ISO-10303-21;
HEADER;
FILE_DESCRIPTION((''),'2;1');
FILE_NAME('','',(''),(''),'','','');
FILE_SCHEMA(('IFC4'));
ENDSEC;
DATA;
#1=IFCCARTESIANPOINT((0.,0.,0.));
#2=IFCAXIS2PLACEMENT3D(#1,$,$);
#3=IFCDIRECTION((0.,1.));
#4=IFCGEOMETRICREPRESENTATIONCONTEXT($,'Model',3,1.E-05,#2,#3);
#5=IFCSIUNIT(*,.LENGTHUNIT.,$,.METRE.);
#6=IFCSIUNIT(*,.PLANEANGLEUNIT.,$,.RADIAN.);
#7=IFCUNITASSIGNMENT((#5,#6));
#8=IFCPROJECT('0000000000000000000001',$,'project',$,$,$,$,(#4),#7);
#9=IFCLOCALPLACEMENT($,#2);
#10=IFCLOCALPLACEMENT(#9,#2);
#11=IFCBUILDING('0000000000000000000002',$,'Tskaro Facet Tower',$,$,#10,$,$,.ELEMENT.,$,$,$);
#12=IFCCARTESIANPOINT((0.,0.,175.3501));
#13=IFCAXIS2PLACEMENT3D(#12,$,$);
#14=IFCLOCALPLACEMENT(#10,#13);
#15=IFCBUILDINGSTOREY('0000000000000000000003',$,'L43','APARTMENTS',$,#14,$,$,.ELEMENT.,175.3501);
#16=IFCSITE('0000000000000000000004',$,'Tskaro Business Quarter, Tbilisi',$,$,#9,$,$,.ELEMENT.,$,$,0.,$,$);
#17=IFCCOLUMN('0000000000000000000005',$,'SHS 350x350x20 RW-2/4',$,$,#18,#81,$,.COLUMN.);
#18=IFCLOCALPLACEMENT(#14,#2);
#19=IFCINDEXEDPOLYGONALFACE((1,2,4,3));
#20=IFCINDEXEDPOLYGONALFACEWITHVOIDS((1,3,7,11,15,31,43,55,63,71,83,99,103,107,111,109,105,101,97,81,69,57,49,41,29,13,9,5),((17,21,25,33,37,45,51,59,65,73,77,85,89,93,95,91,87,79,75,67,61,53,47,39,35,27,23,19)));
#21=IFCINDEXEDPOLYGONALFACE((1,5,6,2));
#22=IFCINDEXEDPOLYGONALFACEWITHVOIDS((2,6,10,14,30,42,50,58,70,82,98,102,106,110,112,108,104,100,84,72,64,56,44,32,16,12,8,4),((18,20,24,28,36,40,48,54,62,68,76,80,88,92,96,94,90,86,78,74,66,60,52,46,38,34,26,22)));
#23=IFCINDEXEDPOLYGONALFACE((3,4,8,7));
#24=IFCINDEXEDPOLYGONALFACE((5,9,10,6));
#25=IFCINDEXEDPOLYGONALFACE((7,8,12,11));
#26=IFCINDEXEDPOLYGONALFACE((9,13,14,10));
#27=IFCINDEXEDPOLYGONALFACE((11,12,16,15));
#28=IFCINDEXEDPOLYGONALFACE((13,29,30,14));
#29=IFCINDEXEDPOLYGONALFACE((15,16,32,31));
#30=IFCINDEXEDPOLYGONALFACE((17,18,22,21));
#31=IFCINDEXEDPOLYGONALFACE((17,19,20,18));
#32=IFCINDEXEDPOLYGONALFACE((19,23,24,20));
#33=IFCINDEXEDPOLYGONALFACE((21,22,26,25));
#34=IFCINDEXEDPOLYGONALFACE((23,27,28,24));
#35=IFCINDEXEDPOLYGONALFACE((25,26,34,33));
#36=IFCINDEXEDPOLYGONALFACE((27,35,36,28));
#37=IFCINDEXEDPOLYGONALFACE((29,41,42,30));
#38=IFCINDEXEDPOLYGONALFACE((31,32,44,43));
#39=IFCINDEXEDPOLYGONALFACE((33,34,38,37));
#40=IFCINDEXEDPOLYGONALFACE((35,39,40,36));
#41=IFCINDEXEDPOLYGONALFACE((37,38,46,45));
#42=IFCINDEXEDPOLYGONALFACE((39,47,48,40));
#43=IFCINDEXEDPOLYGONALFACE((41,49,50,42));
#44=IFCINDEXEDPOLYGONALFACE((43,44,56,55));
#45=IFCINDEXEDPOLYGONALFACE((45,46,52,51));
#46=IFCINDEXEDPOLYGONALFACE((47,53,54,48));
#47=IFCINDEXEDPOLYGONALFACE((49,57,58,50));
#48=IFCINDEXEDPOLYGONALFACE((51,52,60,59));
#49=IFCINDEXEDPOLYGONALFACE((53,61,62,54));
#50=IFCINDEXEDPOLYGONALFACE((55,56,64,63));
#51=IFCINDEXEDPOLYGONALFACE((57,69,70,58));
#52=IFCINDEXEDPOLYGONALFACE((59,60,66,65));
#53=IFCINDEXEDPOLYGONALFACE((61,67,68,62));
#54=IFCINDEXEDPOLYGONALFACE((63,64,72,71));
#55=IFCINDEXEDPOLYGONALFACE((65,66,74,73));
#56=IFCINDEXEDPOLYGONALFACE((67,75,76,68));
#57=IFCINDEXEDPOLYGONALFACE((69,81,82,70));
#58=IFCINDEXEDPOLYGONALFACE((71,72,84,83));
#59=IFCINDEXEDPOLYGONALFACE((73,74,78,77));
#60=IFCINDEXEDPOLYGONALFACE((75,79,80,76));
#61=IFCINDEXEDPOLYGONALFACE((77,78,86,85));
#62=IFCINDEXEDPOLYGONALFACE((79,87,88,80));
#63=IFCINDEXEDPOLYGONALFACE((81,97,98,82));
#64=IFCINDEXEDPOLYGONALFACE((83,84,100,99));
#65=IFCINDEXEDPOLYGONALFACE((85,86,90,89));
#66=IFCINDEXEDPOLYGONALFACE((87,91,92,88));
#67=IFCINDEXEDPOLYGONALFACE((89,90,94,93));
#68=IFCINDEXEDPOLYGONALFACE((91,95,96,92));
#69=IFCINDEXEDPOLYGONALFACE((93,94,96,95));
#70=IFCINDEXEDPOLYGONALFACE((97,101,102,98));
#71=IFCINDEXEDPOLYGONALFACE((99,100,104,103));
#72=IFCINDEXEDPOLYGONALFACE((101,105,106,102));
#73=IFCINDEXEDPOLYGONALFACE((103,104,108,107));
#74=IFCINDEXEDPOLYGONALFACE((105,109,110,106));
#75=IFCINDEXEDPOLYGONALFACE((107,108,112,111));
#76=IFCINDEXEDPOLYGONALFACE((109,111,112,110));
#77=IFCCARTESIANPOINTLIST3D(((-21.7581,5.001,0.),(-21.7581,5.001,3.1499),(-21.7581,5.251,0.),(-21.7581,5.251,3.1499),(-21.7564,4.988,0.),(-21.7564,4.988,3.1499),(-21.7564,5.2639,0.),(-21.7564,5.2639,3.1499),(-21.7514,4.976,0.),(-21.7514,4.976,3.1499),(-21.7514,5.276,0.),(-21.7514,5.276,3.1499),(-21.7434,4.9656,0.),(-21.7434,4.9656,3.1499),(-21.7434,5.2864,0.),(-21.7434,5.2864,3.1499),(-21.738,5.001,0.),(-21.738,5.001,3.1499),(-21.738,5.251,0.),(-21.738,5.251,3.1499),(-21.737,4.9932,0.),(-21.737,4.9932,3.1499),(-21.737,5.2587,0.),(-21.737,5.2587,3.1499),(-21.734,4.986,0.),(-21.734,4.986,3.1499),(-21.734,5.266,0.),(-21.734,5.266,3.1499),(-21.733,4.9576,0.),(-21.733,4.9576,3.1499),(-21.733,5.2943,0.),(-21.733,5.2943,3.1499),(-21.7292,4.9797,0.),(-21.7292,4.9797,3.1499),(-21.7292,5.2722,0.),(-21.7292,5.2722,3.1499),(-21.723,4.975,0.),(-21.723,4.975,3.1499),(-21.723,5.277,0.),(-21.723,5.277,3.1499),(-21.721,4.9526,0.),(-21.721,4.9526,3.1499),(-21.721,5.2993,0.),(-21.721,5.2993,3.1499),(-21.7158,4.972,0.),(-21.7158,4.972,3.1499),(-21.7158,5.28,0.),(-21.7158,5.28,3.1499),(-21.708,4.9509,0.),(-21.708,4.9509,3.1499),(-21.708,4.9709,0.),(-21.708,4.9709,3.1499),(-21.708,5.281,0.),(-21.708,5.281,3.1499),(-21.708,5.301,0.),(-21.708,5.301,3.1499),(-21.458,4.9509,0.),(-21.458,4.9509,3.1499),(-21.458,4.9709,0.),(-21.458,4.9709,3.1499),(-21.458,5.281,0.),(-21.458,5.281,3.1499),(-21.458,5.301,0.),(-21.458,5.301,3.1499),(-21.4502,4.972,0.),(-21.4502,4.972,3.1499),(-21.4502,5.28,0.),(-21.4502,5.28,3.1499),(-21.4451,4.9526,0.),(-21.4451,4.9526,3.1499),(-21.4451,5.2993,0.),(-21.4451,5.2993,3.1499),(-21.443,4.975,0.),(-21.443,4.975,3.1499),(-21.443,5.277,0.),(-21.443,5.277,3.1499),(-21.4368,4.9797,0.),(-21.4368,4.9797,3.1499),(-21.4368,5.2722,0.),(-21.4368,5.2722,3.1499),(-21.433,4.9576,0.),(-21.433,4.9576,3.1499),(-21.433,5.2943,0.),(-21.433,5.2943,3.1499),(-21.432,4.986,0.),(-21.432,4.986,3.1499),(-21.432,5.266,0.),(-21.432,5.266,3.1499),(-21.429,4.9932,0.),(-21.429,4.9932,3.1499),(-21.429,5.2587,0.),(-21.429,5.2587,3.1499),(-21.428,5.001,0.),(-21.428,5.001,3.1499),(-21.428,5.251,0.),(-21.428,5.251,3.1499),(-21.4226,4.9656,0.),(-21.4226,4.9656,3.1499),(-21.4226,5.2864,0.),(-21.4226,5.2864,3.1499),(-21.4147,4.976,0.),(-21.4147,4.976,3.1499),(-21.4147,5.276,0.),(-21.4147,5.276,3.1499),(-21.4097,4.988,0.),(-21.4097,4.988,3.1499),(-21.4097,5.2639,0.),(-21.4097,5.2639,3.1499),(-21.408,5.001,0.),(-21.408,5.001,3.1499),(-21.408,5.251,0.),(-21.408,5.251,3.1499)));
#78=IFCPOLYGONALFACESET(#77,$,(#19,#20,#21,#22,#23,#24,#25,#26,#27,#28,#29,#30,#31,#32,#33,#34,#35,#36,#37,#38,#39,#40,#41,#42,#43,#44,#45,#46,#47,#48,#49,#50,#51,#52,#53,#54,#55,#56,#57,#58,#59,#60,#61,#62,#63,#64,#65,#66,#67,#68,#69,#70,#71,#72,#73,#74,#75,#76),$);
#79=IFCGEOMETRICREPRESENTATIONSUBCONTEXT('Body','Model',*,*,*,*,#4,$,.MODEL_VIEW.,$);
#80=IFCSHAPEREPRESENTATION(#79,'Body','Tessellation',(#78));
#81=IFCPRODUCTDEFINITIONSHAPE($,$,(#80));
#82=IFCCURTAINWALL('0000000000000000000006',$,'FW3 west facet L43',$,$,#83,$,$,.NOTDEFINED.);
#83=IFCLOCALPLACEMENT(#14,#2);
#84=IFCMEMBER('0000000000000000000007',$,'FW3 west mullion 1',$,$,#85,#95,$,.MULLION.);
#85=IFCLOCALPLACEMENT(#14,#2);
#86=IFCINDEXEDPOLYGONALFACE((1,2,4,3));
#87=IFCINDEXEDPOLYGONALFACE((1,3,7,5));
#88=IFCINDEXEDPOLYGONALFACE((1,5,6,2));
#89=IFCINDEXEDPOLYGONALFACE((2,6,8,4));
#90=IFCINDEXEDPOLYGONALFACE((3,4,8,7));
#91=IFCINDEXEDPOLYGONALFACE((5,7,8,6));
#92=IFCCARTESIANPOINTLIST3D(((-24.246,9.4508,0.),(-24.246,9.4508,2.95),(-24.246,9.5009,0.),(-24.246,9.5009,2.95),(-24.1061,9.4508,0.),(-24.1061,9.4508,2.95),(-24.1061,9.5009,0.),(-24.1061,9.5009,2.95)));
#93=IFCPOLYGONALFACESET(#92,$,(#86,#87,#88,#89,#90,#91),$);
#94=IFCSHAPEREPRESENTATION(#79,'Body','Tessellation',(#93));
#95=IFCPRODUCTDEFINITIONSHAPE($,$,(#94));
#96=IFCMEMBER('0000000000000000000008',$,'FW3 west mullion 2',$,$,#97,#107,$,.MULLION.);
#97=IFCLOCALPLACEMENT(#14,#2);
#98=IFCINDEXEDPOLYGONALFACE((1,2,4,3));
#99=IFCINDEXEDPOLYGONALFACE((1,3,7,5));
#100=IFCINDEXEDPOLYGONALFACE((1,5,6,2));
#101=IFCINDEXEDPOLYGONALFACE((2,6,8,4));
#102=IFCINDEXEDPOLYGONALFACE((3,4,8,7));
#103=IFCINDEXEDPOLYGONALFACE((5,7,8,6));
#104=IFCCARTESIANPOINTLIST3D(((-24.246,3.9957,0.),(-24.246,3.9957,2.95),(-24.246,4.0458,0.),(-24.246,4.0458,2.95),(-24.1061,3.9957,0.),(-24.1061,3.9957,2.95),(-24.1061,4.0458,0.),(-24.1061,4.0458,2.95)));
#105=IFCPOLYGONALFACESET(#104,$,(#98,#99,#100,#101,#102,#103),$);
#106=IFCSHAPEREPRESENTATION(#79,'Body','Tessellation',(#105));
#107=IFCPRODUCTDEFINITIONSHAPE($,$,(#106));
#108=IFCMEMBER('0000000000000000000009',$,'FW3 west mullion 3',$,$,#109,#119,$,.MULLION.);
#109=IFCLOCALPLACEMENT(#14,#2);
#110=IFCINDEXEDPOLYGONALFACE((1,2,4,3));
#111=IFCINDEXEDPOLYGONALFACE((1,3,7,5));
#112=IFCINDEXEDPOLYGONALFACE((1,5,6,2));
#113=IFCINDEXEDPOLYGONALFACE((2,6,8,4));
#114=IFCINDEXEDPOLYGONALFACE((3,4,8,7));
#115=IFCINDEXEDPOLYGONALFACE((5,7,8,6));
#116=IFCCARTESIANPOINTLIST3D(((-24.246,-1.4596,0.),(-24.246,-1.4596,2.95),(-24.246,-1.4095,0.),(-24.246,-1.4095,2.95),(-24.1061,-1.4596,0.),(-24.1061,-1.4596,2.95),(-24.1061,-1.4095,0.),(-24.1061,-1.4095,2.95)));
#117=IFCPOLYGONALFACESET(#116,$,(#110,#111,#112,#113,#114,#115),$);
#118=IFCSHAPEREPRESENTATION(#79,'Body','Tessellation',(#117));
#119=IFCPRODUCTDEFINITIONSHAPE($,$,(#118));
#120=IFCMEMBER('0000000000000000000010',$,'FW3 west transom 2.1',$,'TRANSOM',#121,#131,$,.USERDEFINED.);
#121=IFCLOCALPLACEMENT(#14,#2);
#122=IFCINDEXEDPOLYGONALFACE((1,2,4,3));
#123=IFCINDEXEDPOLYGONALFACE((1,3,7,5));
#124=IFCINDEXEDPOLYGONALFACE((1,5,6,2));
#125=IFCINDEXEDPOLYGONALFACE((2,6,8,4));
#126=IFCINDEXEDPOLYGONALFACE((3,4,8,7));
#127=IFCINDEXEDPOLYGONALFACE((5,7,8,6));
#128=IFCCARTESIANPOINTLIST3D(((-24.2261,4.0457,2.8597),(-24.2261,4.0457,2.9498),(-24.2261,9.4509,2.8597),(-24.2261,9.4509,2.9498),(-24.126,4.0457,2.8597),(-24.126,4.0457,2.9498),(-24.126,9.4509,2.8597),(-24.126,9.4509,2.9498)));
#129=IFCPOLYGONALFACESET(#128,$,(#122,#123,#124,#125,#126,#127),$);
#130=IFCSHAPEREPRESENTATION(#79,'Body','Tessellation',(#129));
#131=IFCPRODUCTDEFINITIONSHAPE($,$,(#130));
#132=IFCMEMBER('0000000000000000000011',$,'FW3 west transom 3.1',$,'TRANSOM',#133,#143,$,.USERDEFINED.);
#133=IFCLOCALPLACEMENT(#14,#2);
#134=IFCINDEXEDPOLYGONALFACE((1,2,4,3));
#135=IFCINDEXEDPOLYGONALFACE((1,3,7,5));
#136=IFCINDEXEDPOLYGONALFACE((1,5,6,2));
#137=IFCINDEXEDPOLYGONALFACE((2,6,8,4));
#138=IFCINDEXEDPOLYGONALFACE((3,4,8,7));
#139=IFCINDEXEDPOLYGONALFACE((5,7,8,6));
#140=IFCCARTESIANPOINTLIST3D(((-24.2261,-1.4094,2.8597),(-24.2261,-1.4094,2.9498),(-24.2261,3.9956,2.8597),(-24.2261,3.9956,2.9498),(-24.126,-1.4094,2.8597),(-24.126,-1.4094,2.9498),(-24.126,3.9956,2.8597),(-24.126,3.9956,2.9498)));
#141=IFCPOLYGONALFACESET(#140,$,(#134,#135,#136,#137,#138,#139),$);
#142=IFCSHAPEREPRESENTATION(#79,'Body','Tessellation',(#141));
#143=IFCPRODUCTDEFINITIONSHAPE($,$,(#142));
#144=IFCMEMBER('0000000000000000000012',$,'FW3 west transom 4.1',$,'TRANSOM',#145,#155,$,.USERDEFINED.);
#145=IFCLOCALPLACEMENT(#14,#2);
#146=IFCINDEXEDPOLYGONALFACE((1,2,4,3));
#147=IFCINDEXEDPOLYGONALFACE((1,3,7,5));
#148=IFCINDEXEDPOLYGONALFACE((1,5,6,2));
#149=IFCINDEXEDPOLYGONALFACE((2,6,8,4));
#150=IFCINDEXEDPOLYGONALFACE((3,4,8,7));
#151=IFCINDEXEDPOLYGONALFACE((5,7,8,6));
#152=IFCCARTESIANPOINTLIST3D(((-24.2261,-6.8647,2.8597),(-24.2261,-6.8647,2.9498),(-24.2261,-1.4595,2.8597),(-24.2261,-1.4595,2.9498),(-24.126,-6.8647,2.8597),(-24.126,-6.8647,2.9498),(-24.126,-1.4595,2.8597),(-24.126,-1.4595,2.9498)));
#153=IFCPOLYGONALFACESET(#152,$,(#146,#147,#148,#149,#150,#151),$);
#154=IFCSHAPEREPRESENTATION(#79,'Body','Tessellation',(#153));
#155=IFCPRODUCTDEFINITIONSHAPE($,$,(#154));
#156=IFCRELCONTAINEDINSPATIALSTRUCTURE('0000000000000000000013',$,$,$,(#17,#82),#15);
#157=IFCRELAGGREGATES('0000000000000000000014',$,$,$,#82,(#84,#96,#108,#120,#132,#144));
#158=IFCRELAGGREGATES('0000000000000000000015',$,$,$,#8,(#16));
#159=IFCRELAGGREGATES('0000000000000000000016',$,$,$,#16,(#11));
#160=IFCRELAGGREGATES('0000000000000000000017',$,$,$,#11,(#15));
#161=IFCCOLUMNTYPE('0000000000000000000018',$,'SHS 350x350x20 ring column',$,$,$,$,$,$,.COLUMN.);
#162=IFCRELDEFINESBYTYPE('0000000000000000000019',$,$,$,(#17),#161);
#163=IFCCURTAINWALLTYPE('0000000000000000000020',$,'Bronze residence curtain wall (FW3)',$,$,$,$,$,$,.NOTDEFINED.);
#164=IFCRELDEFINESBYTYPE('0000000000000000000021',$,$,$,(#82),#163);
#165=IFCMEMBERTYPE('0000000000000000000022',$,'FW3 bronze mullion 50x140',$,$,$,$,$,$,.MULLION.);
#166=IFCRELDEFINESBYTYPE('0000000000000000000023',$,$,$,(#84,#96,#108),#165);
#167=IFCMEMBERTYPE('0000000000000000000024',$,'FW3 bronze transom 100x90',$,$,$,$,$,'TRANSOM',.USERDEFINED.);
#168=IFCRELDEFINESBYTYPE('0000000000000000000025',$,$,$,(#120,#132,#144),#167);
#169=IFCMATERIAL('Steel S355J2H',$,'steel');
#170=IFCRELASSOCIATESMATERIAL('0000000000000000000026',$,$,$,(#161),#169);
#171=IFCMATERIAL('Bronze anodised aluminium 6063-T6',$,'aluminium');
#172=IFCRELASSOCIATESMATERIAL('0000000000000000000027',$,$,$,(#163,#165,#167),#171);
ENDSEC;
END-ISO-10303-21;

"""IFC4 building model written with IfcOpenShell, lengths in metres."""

from ifc_helpers import new_model, si_unit, direction, frame, origin, origin_2d, place, context, subcontext, project, spatial, rectangle, hollow_rectangle, extrude, material, material_profile, profile_set, type_object, element, aggregate, save


model = new_model("IFC4")

# Units and contexts
model_context = context("Model", 3, precision=1e-05, world=origin(), true_north=direction((0.0, 1.0)))
body_context = subcontext(model_context, "Body", "Model", "MODEL_VIEW")
ifc_project = project(units=[si_unit("LENGTHUNIT", "METRE"), si_unit("PLANEANGLEUNIT", "RADIAN")], contexts=[model_context])

# Site, building, storey
site_placement = place(None, origin())
site = spatial("IfcSite", under=ifc_project, at=site_placement, Name="Tskaro Business Quarter, Tbilisi", CompositionType="ELEMENT", RefElevation=0.0)
building_placement = place(site_placement, origin())
building = spatial("IfcBuilding", under=site, at=building_placement, Name="Tskaro Facet Tower", CompositionType="ELEMENT")
storey_placement = place(building_placement, frame((0.0, 0.0, 175.3501)))
storey = spatial("IfcBuildingStorey", under=building, at=storey_placement, Name="L43", Description="APARTMENTS", CompositionType="ELEMENT", Elevation=175.3501)

# Column
ifc_material_1 = material(Name="Steel S355J2H", Category="steel")
ifc_material_profile_1 = material_profile(ifc_material_1, hollow_rectangle(XDim=0.3501, YDim=0.3501, WallThickness=0.02, InnerFilletRadius=0.03, OuterFilletRadius=0.05, at=origin_2d()), Name="SHS 350x350x20")
ifc_profile_set_1 = profile_set([ifc_material_profile_1], Name="Steel S355J2H")
column_type_1 = type_object("IfcColumnType", Name="SHS 350x350x20 ring column", PredefinedType="COLUMN", material=ifc_profile_set_1)
column_1_placement = place(storey_placement, frame((-21.583, 5.126, 0.0), z_axis=(0.0, 0.0, 1.0), x_axis=(1.0, 0.0, 0.0)))
element("IfcColumn", 1, at=column_1_placement, inside=storey, type_object=column_type_1, Name="SHS 350x350x20 RW-2/4", PredefinedType="COLUMN", context=body_context, shape_type="SweptSolid", body=[
    extrude(hollow_rectangle(XDim=0.3501, YDim=0.3501, WallThickness=0.02, InnerFilletRadius=0.03, OuterFilletRadius=0.05, at=origin_2d()), origin(), (0.0, 0.0, 1.0), 3.1499),
])

# Curtain wall, members
ifc_material_2 = material(Name="Bronze anodised aluminium 6063-T6", Category="aluminium")
curtain_wall_type = type_object("IfcCurtainWallType", Name="Bronze residence curtain wall (FW3)", PredefinedType="NOTDEFINED", material=ifc_material_2)
curtain_wall_placement = place(storey_placement, origin())
curtain_wall = element("IfcCurtainWall", 2, at=curtain_wall_placement, inside=storey, type_object=curtain_wall_type, Name="FW3 west facet L43", PredefinedType="NOTDEFINED")
ifc_material_profile_2 = material_profile(ifc_material_2, rectangle(XDim=0.05, YDim=0.1399, at=origin_2d()), Name="Mullion 50x140")
ifc_profile_set_2 = profile_set([ifc_material_profile_2], Name="Bronze anodised aluminium 6063-T6")
member_type_1 = type_object("IfcMemberType", Name="FW3 bronze mullion 50x140", PredefinedType="MULLION", material=ifc_profile_set_2)
member_1_placement = place(storey_placement, frame((-24.176, 9.4758, 0.0), z_axis=(0.0, 0.0, 1.0), x_axis=(0.0, -1.0, 0.0)))
member_1 = element("IfcMember", 3, at=member_1_placement, type_object=member_type_1, Name="FW3 west mullion 1", PredefinedType="MULLION", context=body_context, shape_type="SweptSolid", body=[
    extrude(rectangle(XDim=0.05, YDim=0.1399, at=origin_2d()), origin(), (0.0, 0.0, 1.0), 2.95),
])
member_2_placement = place(storey_placement, frame((-24.176, 4.0208, 0.0), z_axis=(0.0, 0.0, 1.0), x_axis=(0.0, -1.0, 0.0)))
member_2 = element("IfcMember", 4, at=member_2_placement, type_object=member_type_1, Name="FW3 west mullion 2", PredefinedType="MULLION", context=body_context, shape_type="SweptSolid", body=[
    extrude(rectangle(XDim=0.05, YDim=0.1399, at=origin_2d()), origin(), (0.0, 0.0, 1.0), 2.95),
])
member_3_placement = place(storey_placement, frame((-24.176, -1.4346, 0.0), z_axis=(0.0, 0.0, 1.0), x_axis=(0.0, -1.0, 0.0)))
member_3 = element("IfcMember", 5, at=member_3_placement, type_object=member_type_1, Name="FW3 west mullion 3", PredefinedType="MULLION", context=body_context, shape_type="SweptSolid", body=[
    extrude(rectangle(XDim=0.05, YDim=0.1399, at=origin_2d()), origin(), (0.0, 0.0, 1.0), 2.95),
])
ifc_material_profile_3 = material_profile(ifc_material_2, rectangle(XDim=0.1001, YDim=0.0901, at=origin_2d()), Name="Transom 100x90")
ifc_profile_set_3 = profile_set([ifc_material_profile_3], Name="Bronze anodised aluminium 6063-T6")
member_type_2 = type_object("IfcMemberType", Name="FW3 bronze transom 100x90", ElementType="TRANSOM", PredefinedType="USERDEFINED", material=ifc_profile_set_3)
member_4_placement = place(storey_placement, frame((-24.176, 9.4509, 2.9048), z_axis=(0.0, -1.0, 0.0), x_axis=(1.0, 0.0, 0.0)))
member_4 = element("IfcMember", 6, at=member_4_placement, type_object=member_type_2, Name="FW3 west transom 2.1", ObjectType="TRANSOM", PredefinedType="USERDEFINED", context=body_context, shape_type="SweptSolid", body=[
    extrude(rectangle(XDim=0.1001, YDim=0.0901, at=origin_2d()), origin(), (0.0, 0.0, 1.0), 5.4053),
])
member_5_placement = place(storey_placement, frame((-24.176, 3.9956, 2.9048), z_axis=(0.0, -1.0, 0.0), x_axis=(1.0, 0.0, 0.0)))
member_5 = element("IfcMember", 7, at=member_5_placement, type_object=member_type_2, Name="FW3 west transom 3.1", ObjectType="TRANSOM", PredefinedType="USERDEFINED", context=body_context, shape_type="SweptSolid", body=[
    extrude(rectangle(XDim=0.1001, YDim=0.0901, at=origin_2d()), origin(), (0.0, 0.0, 1.0), 5.405),
])
member_6_placement = place(storey_placement, frame((-24.176, -1.4595, 2.9048), z_axis=(0.0, -1.0, 0.0), x_axis=(1.0, 0.0, 0.0)))
member_6 = element("IfcMember", 8, at=member_6_placement, type_object=member_type_2, Name="FW3 west transom 4.1", ObjectType="TRANSOM", PredefinedType="USERDEFINED", context=body_context, shape_type="SweptSolid", body=[
    extrude(rectangle(XDim=0.1001, YDim=0.0901, at=origin_2d()), origin(), (0.0, 0.0, 1.0), 5.4053),
])

aggregate(curtain_wall, [member_1, member_2, member_3, member_4, member_5, member_6])

save(model, "model.ifc")
